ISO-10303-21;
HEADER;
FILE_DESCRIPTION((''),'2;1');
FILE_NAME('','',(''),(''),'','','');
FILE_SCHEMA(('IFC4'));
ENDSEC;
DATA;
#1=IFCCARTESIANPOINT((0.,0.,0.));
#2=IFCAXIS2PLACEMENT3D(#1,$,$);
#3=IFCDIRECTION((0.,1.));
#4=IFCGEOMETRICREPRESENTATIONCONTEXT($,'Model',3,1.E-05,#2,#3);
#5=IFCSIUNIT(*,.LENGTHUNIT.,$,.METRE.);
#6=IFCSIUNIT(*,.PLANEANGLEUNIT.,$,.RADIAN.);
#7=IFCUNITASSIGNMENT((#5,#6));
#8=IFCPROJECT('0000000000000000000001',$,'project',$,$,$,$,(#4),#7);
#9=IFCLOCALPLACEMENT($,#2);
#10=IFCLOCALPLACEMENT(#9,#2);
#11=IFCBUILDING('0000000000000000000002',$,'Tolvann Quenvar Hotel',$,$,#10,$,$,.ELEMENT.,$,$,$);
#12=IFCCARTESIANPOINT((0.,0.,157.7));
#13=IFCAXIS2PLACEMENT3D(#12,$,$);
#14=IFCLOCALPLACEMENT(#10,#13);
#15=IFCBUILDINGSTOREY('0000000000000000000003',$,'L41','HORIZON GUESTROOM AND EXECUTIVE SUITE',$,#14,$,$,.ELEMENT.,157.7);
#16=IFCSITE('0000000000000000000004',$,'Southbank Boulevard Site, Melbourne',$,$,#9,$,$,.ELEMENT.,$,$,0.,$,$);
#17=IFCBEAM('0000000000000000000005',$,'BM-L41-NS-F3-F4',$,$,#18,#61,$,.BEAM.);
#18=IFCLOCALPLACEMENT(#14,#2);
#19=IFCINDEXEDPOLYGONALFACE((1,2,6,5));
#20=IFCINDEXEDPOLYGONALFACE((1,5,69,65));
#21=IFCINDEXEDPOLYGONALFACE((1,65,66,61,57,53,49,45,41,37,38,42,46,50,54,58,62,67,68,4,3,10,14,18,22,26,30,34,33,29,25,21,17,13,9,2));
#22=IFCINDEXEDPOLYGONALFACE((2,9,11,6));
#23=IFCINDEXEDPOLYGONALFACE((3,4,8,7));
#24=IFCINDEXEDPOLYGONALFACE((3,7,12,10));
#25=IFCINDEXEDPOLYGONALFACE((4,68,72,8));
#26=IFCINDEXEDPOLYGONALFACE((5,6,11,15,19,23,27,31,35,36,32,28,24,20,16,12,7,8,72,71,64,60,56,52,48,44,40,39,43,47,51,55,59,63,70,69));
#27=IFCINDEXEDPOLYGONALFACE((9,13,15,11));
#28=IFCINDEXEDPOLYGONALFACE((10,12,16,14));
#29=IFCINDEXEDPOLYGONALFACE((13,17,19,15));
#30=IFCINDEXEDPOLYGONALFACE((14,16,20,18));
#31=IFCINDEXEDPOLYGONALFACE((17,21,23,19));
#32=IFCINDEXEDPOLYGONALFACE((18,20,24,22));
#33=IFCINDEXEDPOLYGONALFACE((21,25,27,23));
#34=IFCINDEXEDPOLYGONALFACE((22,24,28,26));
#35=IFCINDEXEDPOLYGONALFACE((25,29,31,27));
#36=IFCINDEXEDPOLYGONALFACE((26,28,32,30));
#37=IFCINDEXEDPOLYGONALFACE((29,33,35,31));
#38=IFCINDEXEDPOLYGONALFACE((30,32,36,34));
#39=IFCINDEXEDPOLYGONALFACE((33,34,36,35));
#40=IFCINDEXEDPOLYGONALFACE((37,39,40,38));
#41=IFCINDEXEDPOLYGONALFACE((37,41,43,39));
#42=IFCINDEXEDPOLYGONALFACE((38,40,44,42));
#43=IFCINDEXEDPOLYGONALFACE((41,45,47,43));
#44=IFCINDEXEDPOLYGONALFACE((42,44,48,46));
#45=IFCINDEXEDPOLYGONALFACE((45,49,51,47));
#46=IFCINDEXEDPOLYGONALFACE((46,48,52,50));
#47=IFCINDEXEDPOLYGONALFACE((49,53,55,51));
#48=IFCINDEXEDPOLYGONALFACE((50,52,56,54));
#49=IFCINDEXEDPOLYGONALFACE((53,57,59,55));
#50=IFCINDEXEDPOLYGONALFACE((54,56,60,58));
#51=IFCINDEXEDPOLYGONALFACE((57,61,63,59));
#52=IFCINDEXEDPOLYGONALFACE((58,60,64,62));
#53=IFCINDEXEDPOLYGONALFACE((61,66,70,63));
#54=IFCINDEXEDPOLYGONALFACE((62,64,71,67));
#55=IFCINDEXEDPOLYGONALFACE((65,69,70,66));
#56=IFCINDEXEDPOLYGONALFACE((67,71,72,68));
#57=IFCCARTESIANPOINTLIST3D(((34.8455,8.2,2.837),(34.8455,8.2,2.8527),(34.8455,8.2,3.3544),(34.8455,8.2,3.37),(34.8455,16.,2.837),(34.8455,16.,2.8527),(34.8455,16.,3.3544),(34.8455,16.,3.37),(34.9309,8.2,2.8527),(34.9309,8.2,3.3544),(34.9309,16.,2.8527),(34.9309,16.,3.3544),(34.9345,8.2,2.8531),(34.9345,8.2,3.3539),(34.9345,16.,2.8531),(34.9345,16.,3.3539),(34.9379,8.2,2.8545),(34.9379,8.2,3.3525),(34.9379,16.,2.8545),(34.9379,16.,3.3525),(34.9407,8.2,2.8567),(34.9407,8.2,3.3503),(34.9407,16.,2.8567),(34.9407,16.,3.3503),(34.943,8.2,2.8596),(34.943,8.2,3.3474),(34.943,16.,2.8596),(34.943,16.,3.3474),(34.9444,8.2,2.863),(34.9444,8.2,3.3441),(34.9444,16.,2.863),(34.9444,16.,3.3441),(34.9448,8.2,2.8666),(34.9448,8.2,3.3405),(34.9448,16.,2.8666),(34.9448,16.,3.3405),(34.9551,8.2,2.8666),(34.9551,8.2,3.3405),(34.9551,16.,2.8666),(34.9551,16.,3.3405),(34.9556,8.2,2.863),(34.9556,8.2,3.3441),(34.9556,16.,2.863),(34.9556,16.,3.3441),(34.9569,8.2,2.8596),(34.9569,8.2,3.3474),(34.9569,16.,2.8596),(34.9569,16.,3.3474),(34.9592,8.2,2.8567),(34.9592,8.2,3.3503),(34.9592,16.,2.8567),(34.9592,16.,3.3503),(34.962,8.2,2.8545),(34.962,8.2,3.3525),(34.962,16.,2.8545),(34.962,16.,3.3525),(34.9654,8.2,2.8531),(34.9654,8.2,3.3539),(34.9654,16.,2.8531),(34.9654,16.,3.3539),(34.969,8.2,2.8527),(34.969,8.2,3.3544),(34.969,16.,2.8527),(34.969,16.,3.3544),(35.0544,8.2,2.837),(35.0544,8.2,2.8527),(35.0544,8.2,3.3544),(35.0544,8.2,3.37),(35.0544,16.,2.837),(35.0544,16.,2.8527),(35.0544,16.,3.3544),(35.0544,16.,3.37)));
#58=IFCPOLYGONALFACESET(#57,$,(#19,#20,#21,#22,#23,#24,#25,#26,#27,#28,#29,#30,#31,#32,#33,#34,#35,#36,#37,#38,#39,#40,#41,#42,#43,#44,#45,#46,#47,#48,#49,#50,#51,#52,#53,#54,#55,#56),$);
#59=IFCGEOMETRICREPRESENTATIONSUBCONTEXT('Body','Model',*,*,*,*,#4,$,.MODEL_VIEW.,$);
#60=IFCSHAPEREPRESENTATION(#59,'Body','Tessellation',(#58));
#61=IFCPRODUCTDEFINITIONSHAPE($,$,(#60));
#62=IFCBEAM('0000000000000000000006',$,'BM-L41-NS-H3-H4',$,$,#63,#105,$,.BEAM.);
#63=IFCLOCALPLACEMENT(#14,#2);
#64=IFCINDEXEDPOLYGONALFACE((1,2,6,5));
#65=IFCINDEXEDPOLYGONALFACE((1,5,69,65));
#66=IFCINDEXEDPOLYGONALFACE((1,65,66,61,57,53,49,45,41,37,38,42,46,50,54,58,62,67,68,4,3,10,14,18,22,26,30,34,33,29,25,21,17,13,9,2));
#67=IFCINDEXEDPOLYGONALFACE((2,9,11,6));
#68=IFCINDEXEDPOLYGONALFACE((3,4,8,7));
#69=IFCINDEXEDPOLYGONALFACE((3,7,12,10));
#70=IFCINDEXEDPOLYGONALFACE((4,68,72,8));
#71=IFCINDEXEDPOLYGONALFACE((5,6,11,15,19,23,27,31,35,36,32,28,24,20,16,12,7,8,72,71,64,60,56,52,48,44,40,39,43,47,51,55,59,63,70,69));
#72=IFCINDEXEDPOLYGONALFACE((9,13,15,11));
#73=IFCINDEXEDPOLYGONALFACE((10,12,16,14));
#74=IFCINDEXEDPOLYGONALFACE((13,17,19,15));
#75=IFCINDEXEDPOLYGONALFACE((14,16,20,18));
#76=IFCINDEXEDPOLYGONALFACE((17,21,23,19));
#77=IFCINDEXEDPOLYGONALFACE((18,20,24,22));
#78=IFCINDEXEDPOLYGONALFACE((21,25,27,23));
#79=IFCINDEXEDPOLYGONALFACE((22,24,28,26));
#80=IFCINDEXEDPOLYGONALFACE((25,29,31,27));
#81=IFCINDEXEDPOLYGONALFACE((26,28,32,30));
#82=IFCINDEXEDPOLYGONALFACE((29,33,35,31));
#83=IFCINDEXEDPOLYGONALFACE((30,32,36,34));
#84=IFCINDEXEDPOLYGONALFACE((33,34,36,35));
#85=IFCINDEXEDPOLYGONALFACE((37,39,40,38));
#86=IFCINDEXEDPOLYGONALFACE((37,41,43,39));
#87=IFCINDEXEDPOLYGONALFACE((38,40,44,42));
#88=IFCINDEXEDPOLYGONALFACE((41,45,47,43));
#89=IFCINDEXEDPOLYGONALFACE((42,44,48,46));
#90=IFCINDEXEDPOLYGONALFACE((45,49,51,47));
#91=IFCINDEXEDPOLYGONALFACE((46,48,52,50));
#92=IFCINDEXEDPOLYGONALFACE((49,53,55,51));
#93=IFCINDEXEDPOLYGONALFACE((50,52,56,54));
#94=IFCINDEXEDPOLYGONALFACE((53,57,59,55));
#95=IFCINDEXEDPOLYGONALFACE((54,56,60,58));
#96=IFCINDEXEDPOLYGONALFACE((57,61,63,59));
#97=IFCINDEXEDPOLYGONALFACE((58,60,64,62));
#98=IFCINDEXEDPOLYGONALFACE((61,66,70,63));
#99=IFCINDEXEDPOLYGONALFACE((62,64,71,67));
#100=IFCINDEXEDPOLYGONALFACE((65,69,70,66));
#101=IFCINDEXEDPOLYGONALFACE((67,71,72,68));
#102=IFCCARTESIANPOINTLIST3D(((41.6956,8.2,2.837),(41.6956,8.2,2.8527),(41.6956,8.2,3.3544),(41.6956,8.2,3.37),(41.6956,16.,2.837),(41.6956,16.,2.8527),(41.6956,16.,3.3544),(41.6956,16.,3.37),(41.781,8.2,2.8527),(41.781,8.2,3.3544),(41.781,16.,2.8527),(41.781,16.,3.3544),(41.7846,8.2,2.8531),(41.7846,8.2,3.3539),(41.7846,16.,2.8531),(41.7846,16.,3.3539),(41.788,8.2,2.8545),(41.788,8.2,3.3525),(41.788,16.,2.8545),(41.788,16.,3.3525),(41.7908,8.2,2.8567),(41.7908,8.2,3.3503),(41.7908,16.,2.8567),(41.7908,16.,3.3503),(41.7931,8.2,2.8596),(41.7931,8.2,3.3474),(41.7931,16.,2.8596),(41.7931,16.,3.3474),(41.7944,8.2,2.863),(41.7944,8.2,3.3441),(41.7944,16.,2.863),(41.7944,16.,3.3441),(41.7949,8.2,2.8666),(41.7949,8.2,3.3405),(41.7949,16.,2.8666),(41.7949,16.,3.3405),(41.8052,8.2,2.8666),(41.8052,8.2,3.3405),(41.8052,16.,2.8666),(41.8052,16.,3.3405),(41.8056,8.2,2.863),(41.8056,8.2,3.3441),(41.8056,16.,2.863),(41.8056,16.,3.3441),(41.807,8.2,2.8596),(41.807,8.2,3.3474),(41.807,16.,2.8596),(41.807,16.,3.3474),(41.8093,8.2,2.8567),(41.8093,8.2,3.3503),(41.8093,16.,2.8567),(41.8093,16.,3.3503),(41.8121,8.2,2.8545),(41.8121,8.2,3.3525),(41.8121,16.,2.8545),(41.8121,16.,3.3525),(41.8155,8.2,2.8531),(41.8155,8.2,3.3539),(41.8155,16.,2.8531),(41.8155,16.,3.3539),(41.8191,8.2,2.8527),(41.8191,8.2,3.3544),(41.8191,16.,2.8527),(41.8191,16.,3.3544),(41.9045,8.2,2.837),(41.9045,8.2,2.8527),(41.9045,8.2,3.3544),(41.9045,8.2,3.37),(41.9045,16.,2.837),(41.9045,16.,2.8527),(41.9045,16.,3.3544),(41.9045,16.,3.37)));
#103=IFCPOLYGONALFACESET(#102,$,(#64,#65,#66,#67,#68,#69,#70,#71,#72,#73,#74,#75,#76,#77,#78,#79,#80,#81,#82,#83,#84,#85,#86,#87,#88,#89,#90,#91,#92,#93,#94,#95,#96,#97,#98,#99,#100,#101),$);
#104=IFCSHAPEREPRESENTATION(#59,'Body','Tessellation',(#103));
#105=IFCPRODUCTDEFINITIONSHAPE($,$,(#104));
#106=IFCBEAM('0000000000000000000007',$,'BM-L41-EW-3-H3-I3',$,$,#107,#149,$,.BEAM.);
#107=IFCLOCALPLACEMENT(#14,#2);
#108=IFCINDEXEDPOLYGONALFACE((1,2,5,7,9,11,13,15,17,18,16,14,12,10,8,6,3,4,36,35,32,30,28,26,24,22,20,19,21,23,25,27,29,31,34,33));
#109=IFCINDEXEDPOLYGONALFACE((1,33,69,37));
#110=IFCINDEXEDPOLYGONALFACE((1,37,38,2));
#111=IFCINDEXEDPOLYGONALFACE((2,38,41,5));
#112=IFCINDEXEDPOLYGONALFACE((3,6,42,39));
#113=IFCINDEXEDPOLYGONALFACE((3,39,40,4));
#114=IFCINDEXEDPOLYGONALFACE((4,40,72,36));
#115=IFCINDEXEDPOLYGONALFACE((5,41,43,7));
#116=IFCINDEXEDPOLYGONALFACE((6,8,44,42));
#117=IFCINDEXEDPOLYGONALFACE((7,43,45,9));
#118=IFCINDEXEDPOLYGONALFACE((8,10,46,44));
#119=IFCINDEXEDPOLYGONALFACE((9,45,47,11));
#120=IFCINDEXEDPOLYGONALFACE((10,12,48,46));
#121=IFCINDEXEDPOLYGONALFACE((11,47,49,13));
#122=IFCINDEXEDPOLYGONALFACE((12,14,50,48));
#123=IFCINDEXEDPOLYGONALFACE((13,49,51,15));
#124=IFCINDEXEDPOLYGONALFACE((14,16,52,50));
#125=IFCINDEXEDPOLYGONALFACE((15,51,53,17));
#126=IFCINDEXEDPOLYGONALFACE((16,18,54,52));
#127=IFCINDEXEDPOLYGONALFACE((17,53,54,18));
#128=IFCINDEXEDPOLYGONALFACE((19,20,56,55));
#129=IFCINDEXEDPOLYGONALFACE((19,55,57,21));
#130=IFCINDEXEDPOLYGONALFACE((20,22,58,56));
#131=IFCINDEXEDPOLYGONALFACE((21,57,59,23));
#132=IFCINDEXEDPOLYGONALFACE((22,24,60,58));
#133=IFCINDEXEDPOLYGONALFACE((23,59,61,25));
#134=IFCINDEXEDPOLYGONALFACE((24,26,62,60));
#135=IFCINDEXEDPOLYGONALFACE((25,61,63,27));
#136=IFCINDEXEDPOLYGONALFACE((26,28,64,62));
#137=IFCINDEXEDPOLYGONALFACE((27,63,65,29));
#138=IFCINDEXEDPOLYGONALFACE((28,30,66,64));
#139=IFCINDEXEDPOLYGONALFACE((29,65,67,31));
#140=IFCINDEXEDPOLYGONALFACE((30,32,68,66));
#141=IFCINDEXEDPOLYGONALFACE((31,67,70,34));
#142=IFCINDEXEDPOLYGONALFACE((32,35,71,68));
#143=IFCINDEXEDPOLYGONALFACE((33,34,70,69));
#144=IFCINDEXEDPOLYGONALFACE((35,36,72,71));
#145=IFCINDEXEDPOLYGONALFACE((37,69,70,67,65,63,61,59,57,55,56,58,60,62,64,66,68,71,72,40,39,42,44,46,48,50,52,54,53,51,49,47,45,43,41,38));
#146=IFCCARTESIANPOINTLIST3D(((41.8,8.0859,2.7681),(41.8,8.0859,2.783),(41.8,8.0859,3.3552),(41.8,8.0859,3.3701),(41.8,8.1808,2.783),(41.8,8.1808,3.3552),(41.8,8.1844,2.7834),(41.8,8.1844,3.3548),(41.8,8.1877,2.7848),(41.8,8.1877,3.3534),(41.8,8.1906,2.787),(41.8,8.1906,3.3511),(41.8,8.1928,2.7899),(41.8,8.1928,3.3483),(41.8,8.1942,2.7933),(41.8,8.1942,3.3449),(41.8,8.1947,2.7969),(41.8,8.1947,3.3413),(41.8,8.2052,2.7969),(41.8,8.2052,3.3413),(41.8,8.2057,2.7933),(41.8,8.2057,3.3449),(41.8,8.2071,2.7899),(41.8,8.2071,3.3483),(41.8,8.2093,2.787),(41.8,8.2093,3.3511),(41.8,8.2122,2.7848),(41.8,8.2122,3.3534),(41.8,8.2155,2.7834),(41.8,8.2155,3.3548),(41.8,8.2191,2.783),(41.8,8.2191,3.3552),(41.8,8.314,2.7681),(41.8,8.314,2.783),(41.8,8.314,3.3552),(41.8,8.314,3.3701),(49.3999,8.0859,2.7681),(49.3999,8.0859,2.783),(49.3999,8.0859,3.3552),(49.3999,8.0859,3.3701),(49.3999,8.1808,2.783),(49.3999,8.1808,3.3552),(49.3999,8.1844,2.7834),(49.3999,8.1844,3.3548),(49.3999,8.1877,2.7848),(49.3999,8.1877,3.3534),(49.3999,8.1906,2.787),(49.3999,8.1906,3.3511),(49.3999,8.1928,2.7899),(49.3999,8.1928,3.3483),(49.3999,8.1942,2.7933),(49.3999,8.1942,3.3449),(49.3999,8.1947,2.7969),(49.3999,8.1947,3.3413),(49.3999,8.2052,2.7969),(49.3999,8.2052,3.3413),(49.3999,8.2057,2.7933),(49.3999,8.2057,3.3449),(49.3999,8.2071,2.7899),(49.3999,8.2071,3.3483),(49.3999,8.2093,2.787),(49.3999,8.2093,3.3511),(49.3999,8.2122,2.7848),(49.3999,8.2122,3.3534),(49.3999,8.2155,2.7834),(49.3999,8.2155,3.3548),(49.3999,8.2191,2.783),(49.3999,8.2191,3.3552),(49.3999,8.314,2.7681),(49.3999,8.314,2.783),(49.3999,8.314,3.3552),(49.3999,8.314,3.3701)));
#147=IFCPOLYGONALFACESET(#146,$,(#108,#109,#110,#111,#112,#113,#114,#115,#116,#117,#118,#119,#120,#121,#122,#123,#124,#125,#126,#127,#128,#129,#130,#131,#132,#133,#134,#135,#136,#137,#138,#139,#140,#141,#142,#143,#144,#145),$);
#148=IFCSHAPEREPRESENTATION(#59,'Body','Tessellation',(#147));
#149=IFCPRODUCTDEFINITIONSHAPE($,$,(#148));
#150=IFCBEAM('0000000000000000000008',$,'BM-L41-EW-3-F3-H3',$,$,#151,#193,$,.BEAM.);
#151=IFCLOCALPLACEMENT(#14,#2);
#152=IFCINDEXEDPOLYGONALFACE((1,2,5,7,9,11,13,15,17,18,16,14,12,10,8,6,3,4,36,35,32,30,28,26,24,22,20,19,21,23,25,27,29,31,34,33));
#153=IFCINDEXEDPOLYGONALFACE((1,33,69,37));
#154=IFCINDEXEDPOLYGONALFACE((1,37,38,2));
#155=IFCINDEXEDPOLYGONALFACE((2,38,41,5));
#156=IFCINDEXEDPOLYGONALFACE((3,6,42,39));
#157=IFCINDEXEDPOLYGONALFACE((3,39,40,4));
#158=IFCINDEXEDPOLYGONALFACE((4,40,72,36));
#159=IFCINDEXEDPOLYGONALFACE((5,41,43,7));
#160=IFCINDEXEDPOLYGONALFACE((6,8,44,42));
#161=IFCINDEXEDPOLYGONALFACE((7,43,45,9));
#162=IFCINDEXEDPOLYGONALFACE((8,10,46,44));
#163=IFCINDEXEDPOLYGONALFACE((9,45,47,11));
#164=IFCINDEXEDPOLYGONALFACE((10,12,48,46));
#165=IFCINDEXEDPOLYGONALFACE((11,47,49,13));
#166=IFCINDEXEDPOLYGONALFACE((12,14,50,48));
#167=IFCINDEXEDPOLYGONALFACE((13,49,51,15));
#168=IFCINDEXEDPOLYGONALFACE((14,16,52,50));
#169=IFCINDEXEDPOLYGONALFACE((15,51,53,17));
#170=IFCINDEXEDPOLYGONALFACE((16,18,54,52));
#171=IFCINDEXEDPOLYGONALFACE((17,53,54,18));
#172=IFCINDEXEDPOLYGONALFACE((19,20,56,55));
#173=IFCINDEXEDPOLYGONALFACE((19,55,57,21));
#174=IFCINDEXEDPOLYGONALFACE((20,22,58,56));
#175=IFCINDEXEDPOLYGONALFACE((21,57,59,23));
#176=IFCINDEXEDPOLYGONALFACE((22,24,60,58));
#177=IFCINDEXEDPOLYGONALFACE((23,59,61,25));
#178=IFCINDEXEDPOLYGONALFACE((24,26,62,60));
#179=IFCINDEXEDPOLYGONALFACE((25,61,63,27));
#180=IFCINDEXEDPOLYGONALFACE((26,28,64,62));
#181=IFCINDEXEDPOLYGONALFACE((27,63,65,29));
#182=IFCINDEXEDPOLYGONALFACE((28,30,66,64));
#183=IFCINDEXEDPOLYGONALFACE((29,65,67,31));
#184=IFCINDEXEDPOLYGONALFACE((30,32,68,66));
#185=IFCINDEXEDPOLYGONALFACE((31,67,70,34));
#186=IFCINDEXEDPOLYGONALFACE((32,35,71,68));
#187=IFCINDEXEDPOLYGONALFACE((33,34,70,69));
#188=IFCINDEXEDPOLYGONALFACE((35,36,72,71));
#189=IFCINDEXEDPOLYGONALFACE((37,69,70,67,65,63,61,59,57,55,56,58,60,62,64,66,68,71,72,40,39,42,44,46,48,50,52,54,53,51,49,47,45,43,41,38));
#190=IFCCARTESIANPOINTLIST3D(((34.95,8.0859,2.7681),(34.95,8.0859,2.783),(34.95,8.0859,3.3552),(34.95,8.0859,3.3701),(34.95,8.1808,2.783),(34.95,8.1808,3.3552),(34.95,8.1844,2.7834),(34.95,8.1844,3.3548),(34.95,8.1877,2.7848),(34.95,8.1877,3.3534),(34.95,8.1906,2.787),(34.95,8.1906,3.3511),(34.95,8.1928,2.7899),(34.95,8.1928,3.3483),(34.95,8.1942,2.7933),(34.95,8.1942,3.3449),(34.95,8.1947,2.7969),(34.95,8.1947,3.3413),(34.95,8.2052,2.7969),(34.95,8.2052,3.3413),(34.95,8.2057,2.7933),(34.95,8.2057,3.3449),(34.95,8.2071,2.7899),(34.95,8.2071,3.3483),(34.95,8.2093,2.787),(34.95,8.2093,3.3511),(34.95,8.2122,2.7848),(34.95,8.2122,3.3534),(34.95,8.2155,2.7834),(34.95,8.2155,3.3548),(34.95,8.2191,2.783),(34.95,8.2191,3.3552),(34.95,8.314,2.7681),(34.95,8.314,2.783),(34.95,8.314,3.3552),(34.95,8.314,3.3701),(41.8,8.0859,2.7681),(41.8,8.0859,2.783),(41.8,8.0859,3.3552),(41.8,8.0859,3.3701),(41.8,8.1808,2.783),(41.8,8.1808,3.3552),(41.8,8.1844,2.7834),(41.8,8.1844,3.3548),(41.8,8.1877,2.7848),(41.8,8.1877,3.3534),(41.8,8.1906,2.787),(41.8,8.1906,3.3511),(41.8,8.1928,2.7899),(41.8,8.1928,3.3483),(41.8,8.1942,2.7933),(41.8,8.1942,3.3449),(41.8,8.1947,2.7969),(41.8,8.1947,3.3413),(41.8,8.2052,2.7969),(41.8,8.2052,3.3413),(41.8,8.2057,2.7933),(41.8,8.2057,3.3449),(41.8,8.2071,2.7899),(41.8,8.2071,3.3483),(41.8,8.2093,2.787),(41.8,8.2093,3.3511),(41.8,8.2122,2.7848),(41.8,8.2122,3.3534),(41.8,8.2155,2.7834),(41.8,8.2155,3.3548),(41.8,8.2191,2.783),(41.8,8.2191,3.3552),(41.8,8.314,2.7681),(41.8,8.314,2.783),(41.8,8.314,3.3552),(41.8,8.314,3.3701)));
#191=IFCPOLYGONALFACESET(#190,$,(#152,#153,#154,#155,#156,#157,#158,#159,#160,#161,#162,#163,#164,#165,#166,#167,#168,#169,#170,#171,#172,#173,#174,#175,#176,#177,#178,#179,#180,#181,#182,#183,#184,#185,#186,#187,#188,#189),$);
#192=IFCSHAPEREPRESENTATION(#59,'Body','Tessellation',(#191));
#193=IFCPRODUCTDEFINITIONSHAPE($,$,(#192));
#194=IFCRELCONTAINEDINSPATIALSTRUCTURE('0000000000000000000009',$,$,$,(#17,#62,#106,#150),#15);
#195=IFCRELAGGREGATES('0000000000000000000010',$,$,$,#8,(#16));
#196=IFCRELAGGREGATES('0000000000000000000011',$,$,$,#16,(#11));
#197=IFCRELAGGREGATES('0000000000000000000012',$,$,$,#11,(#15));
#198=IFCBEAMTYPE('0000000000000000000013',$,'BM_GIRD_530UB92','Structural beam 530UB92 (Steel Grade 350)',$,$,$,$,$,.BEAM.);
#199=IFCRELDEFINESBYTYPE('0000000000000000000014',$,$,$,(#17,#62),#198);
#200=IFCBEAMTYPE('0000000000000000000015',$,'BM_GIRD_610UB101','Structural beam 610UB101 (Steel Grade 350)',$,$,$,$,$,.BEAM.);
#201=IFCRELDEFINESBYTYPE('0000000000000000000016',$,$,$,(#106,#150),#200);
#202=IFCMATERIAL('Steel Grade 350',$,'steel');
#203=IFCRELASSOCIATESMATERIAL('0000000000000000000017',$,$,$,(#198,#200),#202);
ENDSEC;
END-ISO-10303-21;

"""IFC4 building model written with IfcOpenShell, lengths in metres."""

from ifc_helpers import new_model, si_unit, direction, frame, origin, origin_2d, place, context, subcontext, project, spatial, i_section, extrude, source, transform, mapped, material, material_profile, profile_set, type_object, type_shapes, element, save


model = new_model("IFC4")

# Units and contexts
model_context = context("Model", 3, precision=1e-05, world=origin(), true_north=direction((0.0, 1.0)))
body_context = subcontext(model_context, "Body", "Model", "MODEL_VIEW")
ifc_project = project(units=[si_unit("LENGTHUNIT", "METRE"), si_unit("PLANEANGLEUNIT", "RADIAN")], contexts=[model_context])

# Site, building, storey
site_placement = place(None, origin())
site = spatial("IfcSite", under=ifc_project, at=site_placement, Name="Southbank Boulevard Site, Melbourne", CompositionType="ELEMENT", RefElevation=0.0)
building_placement = place(site_placement, origin())
building = spatial("IfcBuilding", under=site, at=building_placement, Name="Tolvann Quenvar Hotel", CompositionType="ELEMENT")
storey_placement = place(building_placement, frame((0.0, 0.0, 157.7)))
storey = spatial("IfcBuildingStorey", under=building, at=storey_placement, Name="L41", Description="HORIZON GUESTROOM AND EXECUTIVE SUITE", CompositionType="ELEMENT", Elevation=157.7)

# Shared definitions
ifc_material_1 = material(Name="Steel Grade 350", Category="steel")

# Beams
ifc_material_profile_1 = material_profile(ifc_material_1, i_section(OverallWidth=0.209, OverallDepth=0.533, WebThickness=0.0103, FlangeThickness=0.0156, FilletRadius=0.0139, at=origin_2d()), Name="530UB92")
ifc_profile_set_1 = profile_set([ifc_material_profile_1], Name="Steel Grade 350")
beam_type_1 = type_object("IfcBeamType", Name="BM_GIRD_530UB92", Description="Structural beam 530UB92 (Steel Grade 350)", PredefinedType="BEAM", material=ifc_profile_set_1)
shared_shape_1 = source(origin(), body_context, "Body", "SweptSolid", [
    extrude(i_section(OverallWidth=0.209, OverallDepth=0.533, WebThickness=0.0103, FlangeThickness=0.0156, FilletRadius=0.0139, at=origin_2d()), origin(), (0.0, 0.0, 1.0), 7.8),
])
for number, where, z_axis, x_axis, name in (
    (1, (34.95, 8.2, 3.1035), (0.0, 1.0, 0.0), (-1.0, 0.0, 0.0), "BM-L41-NS-F3-F4"),
    (2, (41.8, 8.2, 3.1035), (0.0, 1.0, 0.0), (-1.0, 0.0, 0.0), "BM-L41-NS-H3-H4"),
):
    element("IfcBeam", number, at=place(storey_placement, frame(where, z_axis=z_axis, x_axis=x_axis)), inside=storey, type_object=beam_type_1, Name=name, PredefinedType="BEAM", context=body_context, shape_type="MappedRepresentation", body=[
        mapped(shared_shape_1, transform((0.0, 0.0, 0.0), x_axis=(1.0, 0.0, 0.0), y_axis=(0.0, 1.0, 0.0), z_axis=(0.0, 0.0, 1.0), scale=1.0)),
    ])
ifc_material_profile_2 = material_profile(ifc_material_1, i_section(OverallWidth=0.228, OverallDepth=0.6021, WebThickness=0.0105, FlangeThickness=0.0149, FilletRadius=0.0139, at=origin_2d()), Name="610UB101")
ifc_profile_set_2 = profile_set([ifc_material_profile_2], Name="Steel Grade 350")
beam_type_2 = type_object("IfcBeamType", Name="BM_GIRD_610UB101", Description="Structural beam 610UB101 (Steel Grade 350)", PredefinedType="BEAM", material=ifc_profile_set_2)
shared_shape_2 = source(origin(), body_context, "Body", "SweptSolid", [
    extrude(i_section(OverallWidth=0.228, OverallDepth=0.6021, WebThickness=0.0105, FlangeThickness=0.0149, FilletRadius=0.0139, at=origin_2d()), origin(), (0.0, 0.0, 1.0), 7.5999),
])
beam_1_placement = place(storey_placement, frame((41.8, 8.2, 3.0691), z_axis=(1.0, 0.0, 0.0), x_axis=(0.0, 1.0, 0.0)))
element("IfcBeam", 3, at=beam_1_placement, inside=storey, type_object=beam_type_2, Name="BM-L41-EW-3-H3-I3", PredefinedType="BEAM", context=body_context, shape_type="MappedRepresentation", body=[
    mapped(shared_shape_2, transform((0.0, 0.0, 0.0), x_axis=(1.0, 0.0, 0.0), y_axis=(0.0, 1.0, 0.0), z_axis=(0.0, 0.0, 1.0), scale=1.0)),
])
shared_shape_3 = source(origin(), body_context, "Body", "SweptSolid", [
    extrude(i_section(OverallWidth=0.228, OverallDepth=0.6021, WebThickness=0.0105, FlangeThickness=0.0149, FilletRadius=0.0139, at=origin_2d()), origin(), (0.0, 0.0, 1.0), 6.8501),
])
type_shapes(beam_type_2, [shared_shape_2, shared_shape_3])
beam_2_placement = place(storey_placement, frame((34.95, 8.2, 3.0691), z_axis=(1.0, 0.0, 0.0), x_axis=(0.0, 1.0, 0.0)))
element("IfcBeam", 4, at=beam_2_placement, inside=storey, type_object=beam_type_2, Name="BM-L41-EW-3-F3-H3", PredefinedType="BEAM", context=body_context, shape_type="MappedRepresentation", body=[
    mapped(shared_shape_3, transform((0.0, 0.0, 0.0), x_axis=(1.0, 0.0, 0.0), y_axis=(0.0, 1.0, 0.0), z_axis=(0.0, 0.0, 1.0), scale=1.0)),
])

save(model, "model.ifc")
